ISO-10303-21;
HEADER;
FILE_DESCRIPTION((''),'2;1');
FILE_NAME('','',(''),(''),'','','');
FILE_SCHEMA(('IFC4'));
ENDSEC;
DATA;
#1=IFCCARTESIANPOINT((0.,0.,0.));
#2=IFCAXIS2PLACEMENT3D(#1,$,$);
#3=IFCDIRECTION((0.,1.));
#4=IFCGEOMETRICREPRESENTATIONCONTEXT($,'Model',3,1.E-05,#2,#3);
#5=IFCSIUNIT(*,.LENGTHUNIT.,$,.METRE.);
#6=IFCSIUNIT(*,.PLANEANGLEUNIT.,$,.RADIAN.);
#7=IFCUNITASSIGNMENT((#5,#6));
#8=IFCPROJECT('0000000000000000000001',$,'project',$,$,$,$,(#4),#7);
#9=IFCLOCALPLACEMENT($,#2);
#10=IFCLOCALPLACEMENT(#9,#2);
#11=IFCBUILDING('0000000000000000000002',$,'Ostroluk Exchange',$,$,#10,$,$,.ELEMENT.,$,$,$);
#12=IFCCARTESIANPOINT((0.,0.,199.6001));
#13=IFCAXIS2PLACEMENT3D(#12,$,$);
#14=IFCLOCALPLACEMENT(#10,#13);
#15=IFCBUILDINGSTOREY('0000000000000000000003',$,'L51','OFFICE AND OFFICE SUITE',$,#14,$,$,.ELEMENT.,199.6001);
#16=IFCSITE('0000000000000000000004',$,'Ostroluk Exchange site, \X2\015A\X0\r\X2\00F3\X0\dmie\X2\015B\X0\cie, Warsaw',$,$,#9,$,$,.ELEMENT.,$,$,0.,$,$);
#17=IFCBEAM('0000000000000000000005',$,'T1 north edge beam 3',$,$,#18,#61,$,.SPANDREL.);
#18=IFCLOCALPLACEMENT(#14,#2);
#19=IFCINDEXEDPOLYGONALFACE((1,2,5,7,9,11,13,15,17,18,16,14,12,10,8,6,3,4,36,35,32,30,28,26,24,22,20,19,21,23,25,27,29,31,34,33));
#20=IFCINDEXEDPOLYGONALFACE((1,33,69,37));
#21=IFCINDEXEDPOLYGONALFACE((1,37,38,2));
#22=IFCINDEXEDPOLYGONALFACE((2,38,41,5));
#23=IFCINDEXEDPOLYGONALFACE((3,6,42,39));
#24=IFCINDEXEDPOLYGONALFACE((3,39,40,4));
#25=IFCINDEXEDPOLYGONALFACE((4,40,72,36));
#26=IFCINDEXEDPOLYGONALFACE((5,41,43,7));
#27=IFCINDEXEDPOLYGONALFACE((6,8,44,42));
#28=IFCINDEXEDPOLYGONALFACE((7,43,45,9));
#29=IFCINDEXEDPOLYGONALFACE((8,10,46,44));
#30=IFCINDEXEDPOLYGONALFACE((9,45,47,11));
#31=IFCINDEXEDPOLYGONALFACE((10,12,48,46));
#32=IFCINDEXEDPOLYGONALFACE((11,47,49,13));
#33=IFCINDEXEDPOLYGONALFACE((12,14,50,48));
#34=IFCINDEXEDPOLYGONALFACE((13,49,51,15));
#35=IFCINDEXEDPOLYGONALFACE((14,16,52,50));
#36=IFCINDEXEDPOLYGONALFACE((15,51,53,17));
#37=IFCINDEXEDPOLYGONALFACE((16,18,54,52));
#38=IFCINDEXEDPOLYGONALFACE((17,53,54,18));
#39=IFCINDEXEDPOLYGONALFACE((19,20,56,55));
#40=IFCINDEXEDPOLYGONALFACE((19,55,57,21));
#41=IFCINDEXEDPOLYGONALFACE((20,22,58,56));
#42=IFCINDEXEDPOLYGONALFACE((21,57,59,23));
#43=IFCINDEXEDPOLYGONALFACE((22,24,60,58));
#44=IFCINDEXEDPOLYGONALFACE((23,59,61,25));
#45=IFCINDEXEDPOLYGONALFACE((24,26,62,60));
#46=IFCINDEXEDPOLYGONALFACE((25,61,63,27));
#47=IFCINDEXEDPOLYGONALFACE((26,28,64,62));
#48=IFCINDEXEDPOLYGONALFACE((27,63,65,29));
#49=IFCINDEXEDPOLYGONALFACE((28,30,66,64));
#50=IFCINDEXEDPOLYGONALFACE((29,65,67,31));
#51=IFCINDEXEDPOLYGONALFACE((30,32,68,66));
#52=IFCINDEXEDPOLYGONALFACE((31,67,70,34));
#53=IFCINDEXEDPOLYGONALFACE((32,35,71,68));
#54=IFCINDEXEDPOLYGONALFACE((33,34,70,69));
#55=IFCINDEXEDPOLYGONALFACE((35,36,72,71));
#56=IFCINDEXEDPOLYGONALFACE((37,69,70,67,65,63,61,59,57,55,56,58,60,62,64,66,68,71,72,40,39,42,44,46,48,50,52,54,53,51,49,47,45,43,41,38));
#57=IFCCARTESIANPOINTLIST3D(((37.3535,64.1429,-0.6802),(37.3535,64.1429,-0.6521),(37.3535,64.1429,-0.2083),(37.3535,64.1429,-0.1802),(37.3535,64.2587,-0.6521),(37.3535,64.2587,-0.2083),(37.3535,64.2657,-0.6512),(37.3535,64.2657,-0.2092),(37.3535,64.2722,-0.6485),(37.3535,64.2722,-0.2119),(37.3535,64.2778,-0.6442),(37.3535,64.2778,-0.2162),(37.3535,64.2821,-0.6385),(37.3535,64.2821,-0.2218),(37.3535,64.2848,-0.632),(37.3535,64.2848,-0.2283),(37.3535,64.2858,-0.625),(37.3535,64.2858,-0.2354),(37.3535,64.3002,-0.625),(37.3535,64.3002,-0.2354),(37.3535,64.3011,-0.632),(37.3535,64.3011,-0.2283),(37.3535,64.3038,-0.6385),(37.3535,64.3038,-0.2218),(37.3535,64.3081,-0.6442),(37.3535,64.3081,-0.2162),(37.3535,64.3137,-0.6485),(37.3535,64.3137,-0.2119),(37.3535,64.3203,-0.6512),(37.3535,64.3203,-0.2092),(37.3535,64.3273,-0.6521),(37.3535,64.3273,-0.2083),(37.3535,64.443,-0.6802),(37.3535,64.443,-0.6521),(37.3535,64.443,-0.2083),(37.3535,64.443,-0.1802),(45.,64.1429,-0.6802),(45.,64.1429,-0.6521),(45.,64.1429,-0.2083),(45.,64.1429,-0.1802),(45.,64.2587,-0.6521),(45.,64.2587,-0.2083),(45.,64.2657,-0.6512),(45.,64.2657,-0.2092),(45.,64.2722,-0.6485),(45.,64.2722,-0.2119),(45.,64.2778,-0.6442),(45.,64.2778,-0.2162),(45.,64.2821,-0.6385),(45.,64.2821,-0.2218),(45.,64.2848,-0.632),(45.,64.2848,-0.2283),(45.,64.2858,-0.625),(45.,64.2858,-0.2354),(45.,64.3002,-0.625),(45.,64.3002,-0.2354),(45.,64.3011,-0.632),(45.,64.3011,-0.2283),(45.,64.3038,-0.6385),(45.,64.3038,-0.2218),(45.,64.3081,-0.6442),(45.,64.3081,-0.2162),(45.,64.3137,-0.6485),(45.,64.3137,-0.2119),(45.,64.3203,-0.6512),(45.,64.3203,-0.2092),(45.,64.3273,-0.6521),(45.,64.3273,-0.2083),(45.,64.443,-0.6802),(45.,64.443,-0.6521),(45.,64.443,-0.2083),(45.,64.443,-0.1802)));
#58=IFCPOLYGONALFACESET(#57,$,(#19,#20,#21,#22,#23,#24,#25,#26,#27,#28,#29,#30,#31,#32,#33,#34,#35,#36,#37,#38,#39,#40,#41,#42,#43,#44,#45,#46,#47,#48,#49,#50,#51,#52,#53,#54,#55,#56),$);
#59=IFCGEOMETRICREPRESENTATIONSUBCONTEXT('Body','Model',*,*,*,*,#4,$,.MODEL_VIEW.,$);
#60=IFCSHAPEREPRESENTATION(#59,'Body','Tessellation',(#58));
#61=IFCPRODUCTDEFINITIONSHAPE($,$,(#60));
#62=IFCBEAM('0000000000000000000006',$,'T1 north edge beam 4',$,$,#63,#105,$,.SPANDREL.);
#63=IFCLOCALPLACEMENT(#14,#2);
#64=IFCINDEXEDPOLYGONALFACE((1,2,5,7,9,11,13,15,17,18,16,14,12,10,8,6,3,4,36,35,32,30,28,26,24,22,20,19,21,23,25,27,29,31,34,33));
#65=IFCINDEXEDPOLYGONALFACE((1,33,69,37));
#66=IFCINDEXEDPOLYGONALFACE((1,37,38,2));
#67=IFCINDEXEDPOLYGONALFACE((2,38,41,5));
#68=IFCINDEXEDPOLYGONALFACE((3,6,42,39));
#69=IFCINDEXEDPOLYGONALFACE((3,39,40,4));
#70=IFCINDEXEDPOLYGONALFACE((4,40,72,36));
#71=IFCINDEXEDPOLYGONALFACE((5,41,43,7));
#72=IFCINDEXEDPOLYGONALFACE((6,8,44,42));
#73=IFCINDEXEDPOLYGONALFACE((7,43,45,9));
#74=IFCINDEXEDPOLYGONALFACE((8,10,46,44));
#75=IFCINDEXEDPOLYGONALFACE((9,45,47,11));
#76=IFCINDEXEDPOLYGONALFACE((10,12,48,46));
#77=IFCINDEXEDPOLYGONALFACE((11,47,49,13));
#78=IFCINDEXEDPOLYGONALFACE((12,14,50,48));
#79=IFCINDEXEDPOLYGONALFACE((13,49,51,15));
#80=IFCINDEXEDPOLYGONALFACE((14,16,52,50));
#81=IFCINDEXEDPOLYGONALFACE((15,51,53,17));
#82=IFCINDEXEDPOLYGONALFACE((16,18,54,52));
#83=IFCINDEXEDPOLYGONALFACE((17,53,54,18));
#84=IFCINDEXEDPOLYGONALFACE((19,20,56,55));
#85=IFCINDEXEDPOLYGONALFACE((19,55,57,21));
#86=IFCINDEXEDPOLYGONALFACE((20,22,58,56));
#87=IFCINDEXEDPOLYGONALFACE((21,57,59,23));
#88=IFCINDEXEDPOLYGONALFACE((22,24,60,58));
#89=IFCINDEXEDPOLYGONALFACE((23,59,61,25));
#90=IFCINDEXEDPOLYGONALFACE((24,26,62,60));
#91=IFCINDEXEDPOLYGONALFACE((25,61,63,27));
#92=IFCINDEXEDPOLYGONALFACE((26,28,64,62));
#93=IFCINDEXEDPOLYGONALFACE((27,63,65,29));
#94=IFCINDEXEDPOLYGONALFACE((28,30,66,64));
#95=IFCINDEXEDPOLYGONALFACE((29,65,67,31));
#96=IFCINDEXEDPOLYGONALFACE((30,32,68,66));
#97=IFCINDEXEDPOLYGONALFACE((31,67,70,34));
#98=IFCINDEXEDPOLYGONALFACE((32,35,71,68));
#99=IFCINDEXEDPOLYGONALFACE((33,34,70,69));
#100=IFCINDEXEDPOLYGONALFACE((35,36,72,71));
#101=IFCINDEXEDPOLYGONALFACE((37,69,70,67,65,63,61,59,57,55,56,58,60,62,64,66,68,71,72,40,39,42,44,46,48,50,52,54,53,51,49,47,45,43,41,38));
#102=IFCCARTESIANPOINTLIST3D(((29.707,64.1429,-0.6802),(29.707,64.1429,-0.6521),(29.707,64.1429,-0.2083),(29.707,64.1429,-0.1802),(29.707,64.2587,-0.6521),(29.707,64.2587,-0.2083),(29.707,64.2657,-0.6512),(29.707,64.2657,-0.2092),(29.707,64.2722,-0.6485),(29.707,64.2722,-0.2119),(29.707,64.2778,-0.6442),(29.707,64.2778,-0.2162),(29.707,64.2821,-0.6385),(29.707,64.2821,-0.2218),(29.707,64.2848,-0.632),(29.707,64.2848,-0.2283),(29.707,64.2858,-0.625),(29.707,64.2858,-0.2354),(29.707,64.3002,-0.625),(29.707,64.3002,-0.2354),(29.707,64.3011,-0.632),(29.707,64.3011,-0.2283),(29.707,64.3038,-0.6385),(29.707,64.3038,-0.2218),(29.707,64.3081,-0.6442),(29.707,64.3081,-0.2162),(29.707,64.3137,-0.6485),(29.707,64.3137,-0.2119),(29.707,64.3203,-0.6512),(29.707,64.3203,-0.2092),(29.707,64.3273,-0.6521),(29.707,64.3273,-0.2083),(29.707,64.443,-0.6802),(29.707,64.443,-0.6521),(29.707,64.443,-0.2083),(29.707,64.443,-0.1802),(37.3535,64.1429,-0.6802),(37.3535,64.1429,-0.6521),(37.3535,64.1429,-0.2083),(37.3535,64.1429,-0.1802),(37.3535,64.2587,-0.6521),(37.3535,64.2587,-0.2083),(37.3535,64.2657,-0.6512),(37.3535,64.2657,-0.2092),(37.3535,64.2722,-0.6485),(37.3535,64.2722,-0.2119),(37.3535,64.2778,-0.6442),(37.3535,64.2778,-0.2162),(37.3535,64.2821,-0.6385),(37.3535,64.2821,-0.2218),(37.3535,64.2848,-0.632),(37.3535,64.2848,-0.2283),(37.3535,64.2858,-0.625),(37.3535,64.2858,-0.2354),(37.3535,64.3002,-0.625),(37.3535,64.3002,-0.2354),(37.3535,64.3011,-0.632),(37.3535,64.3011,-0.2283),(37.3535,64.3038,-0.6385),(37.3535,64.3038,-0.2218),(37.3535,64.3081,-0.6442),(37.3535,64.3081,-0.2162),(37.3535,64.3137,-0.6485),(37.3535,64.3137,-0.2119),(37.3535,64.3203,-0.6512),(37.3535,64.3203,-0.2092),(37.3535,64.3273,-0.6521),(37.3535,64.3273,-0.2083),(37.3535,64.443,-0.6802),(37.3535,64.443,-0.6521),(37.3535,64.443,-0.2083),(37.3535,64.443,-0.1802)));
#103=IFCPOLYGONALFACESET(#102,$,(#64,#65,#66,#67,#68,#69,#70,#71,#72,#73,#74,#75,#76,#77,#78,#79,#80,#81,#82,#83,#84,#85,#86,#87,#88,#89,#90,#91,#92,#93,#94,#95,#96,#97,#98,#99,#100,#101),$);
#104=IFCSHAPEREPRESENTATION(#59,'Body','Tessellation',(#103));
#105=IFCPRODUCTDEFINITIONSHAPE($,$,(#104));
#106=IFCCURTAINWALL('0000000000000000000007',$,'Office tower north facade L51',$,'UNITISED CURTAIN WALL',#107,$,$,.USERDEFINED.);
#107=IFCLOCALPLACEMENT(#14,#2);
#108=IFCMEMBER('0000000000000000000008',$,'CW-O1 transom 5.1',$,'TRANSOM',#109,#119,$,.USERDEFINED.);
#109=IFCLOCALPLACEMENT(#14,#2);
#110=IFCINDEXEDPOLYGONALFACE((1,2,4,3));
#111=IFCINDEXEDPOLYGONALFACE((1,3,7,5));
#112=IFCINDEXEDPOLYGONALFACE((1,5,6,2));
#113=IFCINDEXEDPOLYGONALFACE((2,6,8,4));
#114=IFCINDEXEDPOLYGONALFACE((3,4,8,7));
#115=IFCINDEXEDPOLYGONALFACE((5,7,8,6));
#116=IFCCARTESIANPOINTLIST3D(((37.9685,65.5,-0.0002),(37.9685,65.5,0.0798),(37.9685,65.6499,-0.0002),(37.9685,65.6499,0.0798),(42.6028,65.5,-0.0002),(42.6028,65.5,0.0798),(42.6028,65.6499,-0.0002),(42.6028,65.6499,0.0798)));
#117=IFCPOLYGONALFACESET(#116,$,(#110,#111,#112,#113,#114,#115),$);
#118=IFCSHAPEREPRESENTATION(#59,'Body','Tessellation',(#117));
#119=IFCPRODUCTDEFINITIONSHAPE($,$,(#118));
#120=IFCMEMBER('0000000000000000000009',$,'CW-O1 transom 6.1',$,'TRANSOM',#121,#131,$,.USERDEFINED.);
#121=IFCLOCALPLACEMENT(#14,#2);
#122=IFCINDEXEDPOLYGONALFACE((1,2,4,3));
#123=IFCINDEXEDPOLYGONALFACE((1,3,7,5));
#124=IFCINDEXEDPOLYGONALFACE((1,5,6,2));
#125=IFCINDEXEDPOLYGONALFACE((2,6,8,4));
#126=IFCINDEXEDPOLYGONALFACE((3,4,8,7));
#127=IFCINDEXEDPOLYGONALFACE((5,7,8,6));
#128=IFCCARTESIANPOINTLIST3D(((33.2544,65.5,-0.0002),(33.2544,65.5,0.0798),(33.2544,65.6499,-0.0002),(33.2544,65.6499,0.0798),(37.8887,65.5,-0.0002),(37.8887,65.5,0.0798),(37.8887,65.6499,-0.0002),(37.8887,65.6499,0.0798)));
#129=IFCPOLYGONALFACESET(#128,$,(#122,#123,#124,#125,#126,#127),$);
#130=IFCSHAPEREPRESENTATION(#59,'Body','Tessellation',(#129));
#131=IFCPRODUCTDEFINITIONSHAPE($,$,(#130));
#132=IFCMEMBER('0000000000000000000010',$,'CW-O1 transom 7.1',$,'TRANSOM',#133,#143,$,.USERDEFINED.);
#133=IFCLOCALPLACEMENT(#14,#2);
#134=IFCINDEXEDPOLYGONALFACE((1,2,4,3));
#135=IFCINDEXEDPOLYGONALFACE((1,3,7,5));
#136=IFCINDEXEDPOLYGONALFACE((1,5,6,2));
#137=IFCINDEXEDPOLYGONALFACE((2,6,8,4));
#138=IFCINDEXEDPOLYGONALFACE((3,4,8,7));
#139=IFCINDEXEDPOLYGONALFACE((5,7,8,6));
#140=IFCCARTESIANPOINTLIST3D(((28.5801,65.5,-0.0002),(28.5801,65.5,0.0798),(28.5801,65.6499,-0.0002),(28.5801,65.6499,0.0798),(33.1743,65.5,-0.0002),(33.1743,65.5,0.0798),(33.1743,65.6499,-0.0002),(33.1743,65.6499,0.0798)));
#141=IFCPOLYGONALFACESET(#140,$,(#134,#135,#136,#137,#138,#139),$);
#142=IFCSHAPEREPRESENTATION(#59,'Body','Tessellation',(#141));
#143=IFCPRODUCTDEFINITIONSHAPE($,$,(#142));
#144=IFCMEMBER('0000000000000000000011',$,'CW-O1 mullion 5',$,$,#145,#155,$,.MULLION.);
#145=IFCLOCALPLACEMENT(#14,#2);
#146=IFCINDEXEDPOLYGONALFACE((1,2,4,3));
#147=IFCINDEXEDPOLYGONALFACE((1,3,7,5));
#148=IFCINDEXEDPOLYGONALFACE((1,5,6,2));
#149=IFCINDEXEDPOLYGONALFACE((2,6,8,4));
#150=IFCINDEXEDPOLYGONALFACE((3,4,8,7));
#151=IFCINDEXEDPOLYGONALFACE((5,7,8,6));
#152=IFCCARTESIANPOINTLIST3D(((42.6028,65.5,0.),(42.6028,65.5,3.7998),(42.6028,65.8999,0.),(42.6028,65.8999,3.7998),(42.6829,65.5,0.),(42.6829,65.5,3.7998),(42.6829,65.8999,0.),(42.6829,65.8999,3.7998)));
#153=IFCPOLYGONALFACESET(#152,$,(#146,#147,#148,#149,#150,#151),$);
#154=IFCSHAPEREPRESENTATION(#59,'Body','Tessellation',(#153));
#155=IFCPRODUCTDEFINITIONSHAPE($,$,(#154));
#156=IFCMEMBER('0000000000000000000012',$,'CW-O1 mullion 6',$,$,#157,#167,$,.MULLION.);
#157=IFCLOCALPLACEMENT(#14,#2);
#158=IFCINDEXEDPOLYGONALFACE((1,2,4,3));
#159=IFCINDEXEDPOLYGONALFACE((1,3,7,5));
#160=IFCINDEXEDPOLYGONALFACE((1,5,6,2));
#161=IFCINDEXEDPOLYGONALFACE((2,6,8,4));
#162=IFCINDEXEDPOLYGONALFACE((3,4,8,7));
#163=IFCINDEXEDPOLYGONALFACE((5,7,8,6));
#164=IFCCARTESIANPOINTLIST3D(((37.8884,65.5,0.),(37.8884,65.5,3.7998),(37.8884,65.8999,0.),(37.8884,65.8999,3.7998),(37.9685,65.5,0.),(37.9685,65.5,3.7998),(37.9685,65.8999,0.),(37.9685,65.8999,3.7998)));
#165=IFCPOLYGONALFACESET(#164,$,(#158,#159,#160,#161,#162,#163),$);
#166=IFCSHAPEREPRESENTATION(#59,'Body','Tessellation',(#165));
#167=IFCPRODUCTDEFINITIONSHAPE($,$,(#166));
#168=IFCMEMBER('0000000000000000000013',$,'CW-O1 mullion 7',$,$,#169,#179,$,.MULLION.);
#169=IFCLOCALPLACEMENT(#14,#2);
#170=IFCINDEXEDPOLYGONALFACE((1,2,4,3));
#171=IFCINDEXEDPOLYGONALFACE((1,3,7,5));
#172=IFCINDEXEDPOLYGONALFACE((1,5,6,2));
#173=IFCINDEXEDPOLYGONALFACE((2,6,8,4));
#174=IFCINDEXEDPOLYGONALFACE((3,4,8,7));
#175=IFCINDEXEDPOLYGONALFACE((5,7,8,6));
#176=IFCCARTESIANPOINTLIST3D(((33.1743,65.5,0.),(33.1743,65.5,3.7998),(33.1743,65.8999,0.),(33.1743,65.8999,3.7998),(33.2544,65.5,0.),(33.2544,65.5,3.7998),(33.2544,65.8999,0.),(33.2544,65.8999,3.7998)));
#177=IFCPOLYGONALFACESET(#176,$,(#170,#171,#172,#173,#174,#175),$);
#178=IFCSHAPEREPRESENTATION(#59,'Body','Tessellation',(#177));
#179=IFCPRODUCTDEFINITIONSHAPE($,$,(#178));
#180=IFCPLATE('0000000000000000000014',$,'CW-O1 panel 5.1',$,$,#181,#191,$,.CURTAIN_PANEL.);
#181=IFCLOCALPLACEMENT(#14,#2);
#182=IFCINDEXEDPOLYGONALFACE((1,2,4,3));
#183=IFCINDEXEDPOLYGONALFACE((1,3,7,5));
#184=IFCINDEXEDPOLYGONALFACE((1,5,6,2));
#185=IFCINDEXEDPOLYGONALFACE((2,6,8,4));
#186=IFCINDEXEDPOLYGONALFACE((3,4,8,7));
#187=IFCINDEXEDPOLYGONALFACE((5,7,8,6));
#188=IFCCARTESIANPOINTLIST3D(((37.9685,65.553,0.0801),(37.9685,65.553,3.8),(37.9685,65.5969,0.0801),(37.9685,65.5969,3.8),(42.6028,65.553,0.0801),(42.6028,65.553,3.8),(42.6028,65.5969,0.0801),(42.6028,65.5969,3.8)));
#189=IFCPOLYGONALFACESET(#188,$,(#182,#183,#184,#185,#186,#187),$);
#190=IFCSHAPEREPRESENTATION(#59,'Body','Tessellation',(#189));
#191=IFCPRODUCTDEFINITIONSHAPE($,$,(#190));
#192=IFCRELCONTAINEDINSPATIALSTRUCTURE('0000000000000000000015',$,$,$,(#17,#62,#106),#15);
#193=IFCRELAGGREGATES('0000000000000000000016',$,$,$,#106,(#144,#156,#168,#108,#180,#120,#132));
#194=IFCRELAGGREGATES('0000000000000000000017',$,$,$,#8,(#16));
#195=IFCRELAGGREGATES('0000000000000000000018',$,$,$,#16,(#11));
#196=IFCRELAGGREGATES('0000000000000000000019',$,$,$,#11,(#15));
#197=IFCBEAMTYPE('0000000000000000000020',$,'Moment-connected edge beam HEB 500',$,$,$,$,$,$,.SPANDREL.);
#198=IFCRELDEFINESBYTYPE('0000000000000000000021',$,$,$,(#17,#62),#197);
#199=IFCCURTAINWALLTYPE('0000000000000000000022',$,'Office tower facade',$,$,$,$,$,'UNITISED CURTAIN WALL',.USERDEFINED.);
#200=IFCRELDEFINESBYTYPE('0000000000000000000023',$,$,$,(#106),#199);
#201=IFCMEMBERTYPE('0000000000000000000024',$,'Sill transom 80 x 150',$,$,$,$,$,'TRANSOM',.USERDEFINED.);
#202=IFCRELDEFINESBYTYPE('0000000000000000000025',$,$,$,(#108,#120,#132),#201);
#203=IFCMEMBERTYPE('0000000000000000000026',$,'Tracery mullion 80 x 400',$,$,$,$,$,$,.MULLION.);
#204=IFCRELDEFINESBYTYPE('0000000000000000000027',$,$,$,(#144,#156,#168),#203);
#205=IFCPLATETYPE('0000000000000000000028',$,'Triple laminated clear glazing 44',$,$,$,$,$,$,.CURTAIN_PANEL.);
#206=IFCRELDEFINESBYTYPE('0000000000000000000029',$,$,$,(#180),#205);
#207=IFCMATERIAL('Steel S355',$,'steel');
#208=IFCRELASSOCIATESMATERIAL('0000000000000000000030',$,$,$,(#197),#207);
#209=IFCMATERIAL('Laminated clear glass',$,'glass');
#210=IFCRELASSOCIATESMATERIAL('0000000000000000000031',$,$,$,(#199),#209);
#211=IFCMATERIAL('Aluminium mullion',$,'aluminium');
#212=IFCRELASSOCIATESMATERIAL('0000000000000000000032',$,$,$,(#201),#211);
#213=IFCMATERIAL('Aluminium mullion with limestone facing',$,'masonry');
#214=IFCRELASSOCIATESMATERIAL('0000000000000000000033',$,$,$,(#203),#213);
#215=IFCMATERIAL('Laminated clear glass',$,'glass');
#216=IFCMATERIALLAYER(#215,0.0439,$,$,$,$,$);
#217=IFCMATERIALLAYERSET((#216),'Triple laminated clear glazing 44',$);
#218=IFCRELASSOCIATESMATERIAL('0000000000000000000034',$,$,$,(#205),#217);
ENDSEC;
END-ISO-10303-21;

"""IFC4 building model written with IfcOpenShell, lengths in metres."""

from ifc_helpers import new_model, si_unit, direction, frame, origin, origin_2d, place, context, subcontext, project, spatial, rectangle, i_section, extrude, material, layer, layer_set, material_profile, profile_set, type_object, element, aggregate, save


model = new_model("IFC4")

# Units and contexts
model_context = context("Model", 3, precision=1e-05, world=origin(), true_north=direction((0.0, 1.0)))
body_context = subcontext(model_context, "Body", "Model", "MODEL_VIEW")
ifc_project = project(units=[si_unit("LENGTHUNIT", "METRE"), si_unit("PLANEANGLEUNIT", "RADIAN")], contexts=[model_context])

# Site, building, storey
site_placement = place(None, origin())
site = spatial("IfcSite", under=ifc_project, at=site_placement, Name="Ostroluk Exchange site, Śródmieście, Warsaw", CompositionType="ELEMENT", RefElevation=0.0)
building_placement = place(site_placement, origin())
building = spatial("IfcBuilding", under=site, at=building_placement, Name="Ostroluk Exchange", CompositionType="ELEMENT")
storey_placement = place(building_placement, frame((0.0, 0.0, 199.6001)))
storey = spatial("IfcBuildingStorey", under=building, at=storey_placement, Name="L51", Description="OFFICE AND OFFICE SUITE", CompositionType="ELEMENT", Elevation=199.6001)

# Beams
ifc_material_1 = material(Name="Steel S355", Category="steel")
ifc_material_profile_1 = material_profile(ifc_material_1, i_section(OverallWidth=0.3, OverallDepth=0.5, WebThickness=0.0144, FlangeThickness=0.0281, FilletRadius=0.0271, at=origin_2d()), Name="HEB 500")
ifc_profile_set_1 = profile_set([ifc_material_profile_1], Name="Steel S355")
beam_type_1 = type_object("IfcBeamType", Name="Moment-connected edge beam HEB 500", PredefinedType="SPANDREL", material=ifc_profile_set_1)
for number, where, z_axis, x_axis, name in (
    (1, (45.0, 64.293, -0.4302), (-1.0, 0.0, 0.0), (0.0, -1.0, 0.0), "T1 north edge beam 3"),
    (2, (37.3535, 64.293, -0.4302), (-1.0, 0.0, 0.0), (0.0, -1.0, 0.0), "T1 north edge beam 4"),
):
    element("IfcBeam", number, at=place(storey_placement, frame(where, z_axis=z_axis, x_axis=x_axis)), inside=storey, type_object=beam_type_1, Name=name, PredefinedType="SPANDREL", context=body_context, shape_type="SweptSolid", body=[
        extrude(i_section(OverallWidth=0.3, OverallDepth=0.5, WebThickness=0.0144, FlangeThickness=0.0281, FilletRadius=0.0271, at=origin_2d()), origin(), (0.0, 0.0, 1.0), 7.6465),
    ])

# Curtain wall, members, plate
ifc_material_2 = material(Name="Laminated clear glass", Category="glass")
curtain_wall_type = type_object("IfcCurtainWallType", Name="Office tower facade", ElementType="UNITISED CURTAIN WALL", PredefinedType="USERDEFINED", material=ifc_material_2)
curtain_wall_placement = place(storey_placement, origin())
curtain_wall = element("IfcCurtainWall", 3, at=curtain_wall_placement, inside=storey, type_object=curtain_wall_type, Name="Office tower north facade L51", ObjectType="UNITISED CURTAIN WALL", PredefinedType="USERDEFINED")
ifc_material_3 = material(Name="Aluminium mullion", Category="aluminium")
ifc_material_profile_2 = material_profile(ifc_material_3, rectangle(XDim=0.1499, YDim=0.0801, at=origin_2d()), Name="Sill transom 80 x 150")
ifc_profile_set_2 = profile_set([ifc_material_profile_2], Name="Aluminium mullion")
member_type_1 = type_object("IfcMemberType", Name="Sill transom 80 x 150", ElementType="TRANSOM", PredefinedType="USERDEFINED", material=ifc_profile_set_2)
member_1_placement = place(storey_placement, frame((42.6028, 65.575, 0.0398), z_axis=(-1.0, 0.0, 0.0), x_axis=(0.0, -1.0, 0.0)))
member_1 = element("IfcMember", 4, at=member_1_placement, type_object=member_type_1, Name="CW-O1 transom 5.1", ObjectType="TRANSOM", PredefinedType="USERDEFINED", context=body_context, shape_type="SweptSolid", body=[
    extrude(rectangle(XDim=0.1499, YDim=0.0801, at=origin_2d()), origin(), (0.0, 0.0, 1.0), 4.6343),
])
member_2_placement = place(storey_placement, frame((37.8887, 65.575, 0.0398), z_axis=(-1.0, 0.0, 0.0), x_axis=(0.0, -1.0, 0.0)))
member_2 = element("IfcMember", 5, at=member_2_placement, type_object=member_type_1, Name="CW-O1 transom 6.1", ObjectType="TRANSOM", PredefinedType="USERDEFINED", context=body_context, shape_type="SweptSolid", body=[
    extrude(rectangle(XDim=0.1499, YDim=0.0801, at=origin_2d()), origin(), (0.0, 0.0, 1.0), 4.6343),
])
member_3_placement = place(storey_placement, frame((33.1743, 65.575, 0.0398), z_axis=(-1.0, 0.0, 0.0), x_axis=(0.0, -1.0, 0.0)))
member_3 = element("IfcMember", 6, at=member_3_placement, type_object=member_type_1, Name="CW-O1 transom 7.1", ObjectType="TRANSOM", PredefinedType="USERDEFINED", context=body_context, shape_type="SweptSolid", body=[
    extrude(rectangle(XDim=0.1499, YDim=0.0801, at=origin_2d()), origin(), (0.0, 0.0, 1.0), 4.5942),
])
ifc_material_4 = material(Name="Aluminium mullion with limestone facing", Category="masonry")
ifc_material_profile_3 = material_profile(ifc_material_4, rectangle(XDim=0.3999, YDim=0.0801, at=origin_2d()), Name="Tracery mullion 80 x 400")
ifc_profile_set_3 = profile_set([ifc_material_profile_3], Name="Aluminium mullion with limestone facing")
member_type_2 = type_object("IfcMemberType", Name="Tracery mullion 80 x 400", PredefinedType="MULLION", material=ifc_profile_set_3)
member_4_placement = place(storey_placement, frame((42.6428, 65.7, 0.0), z_axis=(0.0, 0.0, 1.0), x_axis=(0.0, -1.0, 0.0)))
member_4 = element("IfcMember", 7, at=member_4_placement, type_object=member_type_2, Name="CW-O1 mullion 5", PredefinedType="MULLION", context=body_context, shape_type="SweptSolid", body=[
    extrude(rectangle(XDim=0.3999, YDim=0.0801, at=origin_2d()), origin(), (0.0, 0.0, 1.0), 3.7998),
])
member_5_placement = place(storey_placement, frame((37.9285, 65.7, 0.0), z_axis=(0.0, 0.0, 1.0), x_axis=(0.0, -1.0, 0.0)))
member_5 = element("IfcMember", 8, at=member_5_placement, type_object=member_type_2, Name="CW-O1 mullion 6", PredefinedType="MULLION", context=body_context, shape_type="SweptSolid", body=[
    extrude(rectangle(XDim=0.3999, YDim=0.0801, at=origin_2d()), origin(), (0.0, 0.0, 1.0), 3.7998),
])
member_6_placement = place(storey_placement, frame((33.2144, 65.7, 0.0), z_axis=(0.0, 0.0, 1.0), x_axis=(0.0, -1.0, 0.0)))
member_6 = element("IfcMember", 9, at=member_6_placement, type_object=member_type_2, Name="CW-O1 mullion 7", PredefinedType="MULLION", context=body_context, shape_type="SweptSolid", body=[
    extrude(rectangle(XDim=0.3999, YDim=0.0801, at=origin_2d()), origin(), (0.0, 0.0, 1.0), 3.7998),
])
ifc_material_5 = material(Name="Laminated clear glass", Category="glass")
ifc_layer_1 = layer(ifc_material_5, 0.0439)
ifc_layer_set_1 = layer_set([ifc_layer_1], Name="Triple laminated clear glazing 44")
plate_type = type_object("IfcPlateType", Name="Triple laminated clear glazing 44", PredefinedType="CURTAIN_PANEL", material=ifc_layer_set_1)
plate_1_placement = place(storey_placement, frame((40.2856, 65.575, 0.0801), z_axis=(0.0, 0.0, 1.0), x_axis=(-1.0, 0.0, 0.0)))
plate_1 = element("IfcPlate", 10, at=plate_1_placement, type_object=plate_type, Name="CW-O1 panel 5.1", PredefinedType="CURTAIN_PANEL", context=body_context, shape_type="SweptSolid", body=[
    extrude(rectangle(XDim=4.6343, YDim=0.0439, at=origin_2d()), origin(), (0.0, 0.0, 1.0), 3.72),
])
aggregate(curtain_wall, [member_4, member_5, member_6, member_1, plate_1, member_2, member_3])

save(model, "model.ifc")
